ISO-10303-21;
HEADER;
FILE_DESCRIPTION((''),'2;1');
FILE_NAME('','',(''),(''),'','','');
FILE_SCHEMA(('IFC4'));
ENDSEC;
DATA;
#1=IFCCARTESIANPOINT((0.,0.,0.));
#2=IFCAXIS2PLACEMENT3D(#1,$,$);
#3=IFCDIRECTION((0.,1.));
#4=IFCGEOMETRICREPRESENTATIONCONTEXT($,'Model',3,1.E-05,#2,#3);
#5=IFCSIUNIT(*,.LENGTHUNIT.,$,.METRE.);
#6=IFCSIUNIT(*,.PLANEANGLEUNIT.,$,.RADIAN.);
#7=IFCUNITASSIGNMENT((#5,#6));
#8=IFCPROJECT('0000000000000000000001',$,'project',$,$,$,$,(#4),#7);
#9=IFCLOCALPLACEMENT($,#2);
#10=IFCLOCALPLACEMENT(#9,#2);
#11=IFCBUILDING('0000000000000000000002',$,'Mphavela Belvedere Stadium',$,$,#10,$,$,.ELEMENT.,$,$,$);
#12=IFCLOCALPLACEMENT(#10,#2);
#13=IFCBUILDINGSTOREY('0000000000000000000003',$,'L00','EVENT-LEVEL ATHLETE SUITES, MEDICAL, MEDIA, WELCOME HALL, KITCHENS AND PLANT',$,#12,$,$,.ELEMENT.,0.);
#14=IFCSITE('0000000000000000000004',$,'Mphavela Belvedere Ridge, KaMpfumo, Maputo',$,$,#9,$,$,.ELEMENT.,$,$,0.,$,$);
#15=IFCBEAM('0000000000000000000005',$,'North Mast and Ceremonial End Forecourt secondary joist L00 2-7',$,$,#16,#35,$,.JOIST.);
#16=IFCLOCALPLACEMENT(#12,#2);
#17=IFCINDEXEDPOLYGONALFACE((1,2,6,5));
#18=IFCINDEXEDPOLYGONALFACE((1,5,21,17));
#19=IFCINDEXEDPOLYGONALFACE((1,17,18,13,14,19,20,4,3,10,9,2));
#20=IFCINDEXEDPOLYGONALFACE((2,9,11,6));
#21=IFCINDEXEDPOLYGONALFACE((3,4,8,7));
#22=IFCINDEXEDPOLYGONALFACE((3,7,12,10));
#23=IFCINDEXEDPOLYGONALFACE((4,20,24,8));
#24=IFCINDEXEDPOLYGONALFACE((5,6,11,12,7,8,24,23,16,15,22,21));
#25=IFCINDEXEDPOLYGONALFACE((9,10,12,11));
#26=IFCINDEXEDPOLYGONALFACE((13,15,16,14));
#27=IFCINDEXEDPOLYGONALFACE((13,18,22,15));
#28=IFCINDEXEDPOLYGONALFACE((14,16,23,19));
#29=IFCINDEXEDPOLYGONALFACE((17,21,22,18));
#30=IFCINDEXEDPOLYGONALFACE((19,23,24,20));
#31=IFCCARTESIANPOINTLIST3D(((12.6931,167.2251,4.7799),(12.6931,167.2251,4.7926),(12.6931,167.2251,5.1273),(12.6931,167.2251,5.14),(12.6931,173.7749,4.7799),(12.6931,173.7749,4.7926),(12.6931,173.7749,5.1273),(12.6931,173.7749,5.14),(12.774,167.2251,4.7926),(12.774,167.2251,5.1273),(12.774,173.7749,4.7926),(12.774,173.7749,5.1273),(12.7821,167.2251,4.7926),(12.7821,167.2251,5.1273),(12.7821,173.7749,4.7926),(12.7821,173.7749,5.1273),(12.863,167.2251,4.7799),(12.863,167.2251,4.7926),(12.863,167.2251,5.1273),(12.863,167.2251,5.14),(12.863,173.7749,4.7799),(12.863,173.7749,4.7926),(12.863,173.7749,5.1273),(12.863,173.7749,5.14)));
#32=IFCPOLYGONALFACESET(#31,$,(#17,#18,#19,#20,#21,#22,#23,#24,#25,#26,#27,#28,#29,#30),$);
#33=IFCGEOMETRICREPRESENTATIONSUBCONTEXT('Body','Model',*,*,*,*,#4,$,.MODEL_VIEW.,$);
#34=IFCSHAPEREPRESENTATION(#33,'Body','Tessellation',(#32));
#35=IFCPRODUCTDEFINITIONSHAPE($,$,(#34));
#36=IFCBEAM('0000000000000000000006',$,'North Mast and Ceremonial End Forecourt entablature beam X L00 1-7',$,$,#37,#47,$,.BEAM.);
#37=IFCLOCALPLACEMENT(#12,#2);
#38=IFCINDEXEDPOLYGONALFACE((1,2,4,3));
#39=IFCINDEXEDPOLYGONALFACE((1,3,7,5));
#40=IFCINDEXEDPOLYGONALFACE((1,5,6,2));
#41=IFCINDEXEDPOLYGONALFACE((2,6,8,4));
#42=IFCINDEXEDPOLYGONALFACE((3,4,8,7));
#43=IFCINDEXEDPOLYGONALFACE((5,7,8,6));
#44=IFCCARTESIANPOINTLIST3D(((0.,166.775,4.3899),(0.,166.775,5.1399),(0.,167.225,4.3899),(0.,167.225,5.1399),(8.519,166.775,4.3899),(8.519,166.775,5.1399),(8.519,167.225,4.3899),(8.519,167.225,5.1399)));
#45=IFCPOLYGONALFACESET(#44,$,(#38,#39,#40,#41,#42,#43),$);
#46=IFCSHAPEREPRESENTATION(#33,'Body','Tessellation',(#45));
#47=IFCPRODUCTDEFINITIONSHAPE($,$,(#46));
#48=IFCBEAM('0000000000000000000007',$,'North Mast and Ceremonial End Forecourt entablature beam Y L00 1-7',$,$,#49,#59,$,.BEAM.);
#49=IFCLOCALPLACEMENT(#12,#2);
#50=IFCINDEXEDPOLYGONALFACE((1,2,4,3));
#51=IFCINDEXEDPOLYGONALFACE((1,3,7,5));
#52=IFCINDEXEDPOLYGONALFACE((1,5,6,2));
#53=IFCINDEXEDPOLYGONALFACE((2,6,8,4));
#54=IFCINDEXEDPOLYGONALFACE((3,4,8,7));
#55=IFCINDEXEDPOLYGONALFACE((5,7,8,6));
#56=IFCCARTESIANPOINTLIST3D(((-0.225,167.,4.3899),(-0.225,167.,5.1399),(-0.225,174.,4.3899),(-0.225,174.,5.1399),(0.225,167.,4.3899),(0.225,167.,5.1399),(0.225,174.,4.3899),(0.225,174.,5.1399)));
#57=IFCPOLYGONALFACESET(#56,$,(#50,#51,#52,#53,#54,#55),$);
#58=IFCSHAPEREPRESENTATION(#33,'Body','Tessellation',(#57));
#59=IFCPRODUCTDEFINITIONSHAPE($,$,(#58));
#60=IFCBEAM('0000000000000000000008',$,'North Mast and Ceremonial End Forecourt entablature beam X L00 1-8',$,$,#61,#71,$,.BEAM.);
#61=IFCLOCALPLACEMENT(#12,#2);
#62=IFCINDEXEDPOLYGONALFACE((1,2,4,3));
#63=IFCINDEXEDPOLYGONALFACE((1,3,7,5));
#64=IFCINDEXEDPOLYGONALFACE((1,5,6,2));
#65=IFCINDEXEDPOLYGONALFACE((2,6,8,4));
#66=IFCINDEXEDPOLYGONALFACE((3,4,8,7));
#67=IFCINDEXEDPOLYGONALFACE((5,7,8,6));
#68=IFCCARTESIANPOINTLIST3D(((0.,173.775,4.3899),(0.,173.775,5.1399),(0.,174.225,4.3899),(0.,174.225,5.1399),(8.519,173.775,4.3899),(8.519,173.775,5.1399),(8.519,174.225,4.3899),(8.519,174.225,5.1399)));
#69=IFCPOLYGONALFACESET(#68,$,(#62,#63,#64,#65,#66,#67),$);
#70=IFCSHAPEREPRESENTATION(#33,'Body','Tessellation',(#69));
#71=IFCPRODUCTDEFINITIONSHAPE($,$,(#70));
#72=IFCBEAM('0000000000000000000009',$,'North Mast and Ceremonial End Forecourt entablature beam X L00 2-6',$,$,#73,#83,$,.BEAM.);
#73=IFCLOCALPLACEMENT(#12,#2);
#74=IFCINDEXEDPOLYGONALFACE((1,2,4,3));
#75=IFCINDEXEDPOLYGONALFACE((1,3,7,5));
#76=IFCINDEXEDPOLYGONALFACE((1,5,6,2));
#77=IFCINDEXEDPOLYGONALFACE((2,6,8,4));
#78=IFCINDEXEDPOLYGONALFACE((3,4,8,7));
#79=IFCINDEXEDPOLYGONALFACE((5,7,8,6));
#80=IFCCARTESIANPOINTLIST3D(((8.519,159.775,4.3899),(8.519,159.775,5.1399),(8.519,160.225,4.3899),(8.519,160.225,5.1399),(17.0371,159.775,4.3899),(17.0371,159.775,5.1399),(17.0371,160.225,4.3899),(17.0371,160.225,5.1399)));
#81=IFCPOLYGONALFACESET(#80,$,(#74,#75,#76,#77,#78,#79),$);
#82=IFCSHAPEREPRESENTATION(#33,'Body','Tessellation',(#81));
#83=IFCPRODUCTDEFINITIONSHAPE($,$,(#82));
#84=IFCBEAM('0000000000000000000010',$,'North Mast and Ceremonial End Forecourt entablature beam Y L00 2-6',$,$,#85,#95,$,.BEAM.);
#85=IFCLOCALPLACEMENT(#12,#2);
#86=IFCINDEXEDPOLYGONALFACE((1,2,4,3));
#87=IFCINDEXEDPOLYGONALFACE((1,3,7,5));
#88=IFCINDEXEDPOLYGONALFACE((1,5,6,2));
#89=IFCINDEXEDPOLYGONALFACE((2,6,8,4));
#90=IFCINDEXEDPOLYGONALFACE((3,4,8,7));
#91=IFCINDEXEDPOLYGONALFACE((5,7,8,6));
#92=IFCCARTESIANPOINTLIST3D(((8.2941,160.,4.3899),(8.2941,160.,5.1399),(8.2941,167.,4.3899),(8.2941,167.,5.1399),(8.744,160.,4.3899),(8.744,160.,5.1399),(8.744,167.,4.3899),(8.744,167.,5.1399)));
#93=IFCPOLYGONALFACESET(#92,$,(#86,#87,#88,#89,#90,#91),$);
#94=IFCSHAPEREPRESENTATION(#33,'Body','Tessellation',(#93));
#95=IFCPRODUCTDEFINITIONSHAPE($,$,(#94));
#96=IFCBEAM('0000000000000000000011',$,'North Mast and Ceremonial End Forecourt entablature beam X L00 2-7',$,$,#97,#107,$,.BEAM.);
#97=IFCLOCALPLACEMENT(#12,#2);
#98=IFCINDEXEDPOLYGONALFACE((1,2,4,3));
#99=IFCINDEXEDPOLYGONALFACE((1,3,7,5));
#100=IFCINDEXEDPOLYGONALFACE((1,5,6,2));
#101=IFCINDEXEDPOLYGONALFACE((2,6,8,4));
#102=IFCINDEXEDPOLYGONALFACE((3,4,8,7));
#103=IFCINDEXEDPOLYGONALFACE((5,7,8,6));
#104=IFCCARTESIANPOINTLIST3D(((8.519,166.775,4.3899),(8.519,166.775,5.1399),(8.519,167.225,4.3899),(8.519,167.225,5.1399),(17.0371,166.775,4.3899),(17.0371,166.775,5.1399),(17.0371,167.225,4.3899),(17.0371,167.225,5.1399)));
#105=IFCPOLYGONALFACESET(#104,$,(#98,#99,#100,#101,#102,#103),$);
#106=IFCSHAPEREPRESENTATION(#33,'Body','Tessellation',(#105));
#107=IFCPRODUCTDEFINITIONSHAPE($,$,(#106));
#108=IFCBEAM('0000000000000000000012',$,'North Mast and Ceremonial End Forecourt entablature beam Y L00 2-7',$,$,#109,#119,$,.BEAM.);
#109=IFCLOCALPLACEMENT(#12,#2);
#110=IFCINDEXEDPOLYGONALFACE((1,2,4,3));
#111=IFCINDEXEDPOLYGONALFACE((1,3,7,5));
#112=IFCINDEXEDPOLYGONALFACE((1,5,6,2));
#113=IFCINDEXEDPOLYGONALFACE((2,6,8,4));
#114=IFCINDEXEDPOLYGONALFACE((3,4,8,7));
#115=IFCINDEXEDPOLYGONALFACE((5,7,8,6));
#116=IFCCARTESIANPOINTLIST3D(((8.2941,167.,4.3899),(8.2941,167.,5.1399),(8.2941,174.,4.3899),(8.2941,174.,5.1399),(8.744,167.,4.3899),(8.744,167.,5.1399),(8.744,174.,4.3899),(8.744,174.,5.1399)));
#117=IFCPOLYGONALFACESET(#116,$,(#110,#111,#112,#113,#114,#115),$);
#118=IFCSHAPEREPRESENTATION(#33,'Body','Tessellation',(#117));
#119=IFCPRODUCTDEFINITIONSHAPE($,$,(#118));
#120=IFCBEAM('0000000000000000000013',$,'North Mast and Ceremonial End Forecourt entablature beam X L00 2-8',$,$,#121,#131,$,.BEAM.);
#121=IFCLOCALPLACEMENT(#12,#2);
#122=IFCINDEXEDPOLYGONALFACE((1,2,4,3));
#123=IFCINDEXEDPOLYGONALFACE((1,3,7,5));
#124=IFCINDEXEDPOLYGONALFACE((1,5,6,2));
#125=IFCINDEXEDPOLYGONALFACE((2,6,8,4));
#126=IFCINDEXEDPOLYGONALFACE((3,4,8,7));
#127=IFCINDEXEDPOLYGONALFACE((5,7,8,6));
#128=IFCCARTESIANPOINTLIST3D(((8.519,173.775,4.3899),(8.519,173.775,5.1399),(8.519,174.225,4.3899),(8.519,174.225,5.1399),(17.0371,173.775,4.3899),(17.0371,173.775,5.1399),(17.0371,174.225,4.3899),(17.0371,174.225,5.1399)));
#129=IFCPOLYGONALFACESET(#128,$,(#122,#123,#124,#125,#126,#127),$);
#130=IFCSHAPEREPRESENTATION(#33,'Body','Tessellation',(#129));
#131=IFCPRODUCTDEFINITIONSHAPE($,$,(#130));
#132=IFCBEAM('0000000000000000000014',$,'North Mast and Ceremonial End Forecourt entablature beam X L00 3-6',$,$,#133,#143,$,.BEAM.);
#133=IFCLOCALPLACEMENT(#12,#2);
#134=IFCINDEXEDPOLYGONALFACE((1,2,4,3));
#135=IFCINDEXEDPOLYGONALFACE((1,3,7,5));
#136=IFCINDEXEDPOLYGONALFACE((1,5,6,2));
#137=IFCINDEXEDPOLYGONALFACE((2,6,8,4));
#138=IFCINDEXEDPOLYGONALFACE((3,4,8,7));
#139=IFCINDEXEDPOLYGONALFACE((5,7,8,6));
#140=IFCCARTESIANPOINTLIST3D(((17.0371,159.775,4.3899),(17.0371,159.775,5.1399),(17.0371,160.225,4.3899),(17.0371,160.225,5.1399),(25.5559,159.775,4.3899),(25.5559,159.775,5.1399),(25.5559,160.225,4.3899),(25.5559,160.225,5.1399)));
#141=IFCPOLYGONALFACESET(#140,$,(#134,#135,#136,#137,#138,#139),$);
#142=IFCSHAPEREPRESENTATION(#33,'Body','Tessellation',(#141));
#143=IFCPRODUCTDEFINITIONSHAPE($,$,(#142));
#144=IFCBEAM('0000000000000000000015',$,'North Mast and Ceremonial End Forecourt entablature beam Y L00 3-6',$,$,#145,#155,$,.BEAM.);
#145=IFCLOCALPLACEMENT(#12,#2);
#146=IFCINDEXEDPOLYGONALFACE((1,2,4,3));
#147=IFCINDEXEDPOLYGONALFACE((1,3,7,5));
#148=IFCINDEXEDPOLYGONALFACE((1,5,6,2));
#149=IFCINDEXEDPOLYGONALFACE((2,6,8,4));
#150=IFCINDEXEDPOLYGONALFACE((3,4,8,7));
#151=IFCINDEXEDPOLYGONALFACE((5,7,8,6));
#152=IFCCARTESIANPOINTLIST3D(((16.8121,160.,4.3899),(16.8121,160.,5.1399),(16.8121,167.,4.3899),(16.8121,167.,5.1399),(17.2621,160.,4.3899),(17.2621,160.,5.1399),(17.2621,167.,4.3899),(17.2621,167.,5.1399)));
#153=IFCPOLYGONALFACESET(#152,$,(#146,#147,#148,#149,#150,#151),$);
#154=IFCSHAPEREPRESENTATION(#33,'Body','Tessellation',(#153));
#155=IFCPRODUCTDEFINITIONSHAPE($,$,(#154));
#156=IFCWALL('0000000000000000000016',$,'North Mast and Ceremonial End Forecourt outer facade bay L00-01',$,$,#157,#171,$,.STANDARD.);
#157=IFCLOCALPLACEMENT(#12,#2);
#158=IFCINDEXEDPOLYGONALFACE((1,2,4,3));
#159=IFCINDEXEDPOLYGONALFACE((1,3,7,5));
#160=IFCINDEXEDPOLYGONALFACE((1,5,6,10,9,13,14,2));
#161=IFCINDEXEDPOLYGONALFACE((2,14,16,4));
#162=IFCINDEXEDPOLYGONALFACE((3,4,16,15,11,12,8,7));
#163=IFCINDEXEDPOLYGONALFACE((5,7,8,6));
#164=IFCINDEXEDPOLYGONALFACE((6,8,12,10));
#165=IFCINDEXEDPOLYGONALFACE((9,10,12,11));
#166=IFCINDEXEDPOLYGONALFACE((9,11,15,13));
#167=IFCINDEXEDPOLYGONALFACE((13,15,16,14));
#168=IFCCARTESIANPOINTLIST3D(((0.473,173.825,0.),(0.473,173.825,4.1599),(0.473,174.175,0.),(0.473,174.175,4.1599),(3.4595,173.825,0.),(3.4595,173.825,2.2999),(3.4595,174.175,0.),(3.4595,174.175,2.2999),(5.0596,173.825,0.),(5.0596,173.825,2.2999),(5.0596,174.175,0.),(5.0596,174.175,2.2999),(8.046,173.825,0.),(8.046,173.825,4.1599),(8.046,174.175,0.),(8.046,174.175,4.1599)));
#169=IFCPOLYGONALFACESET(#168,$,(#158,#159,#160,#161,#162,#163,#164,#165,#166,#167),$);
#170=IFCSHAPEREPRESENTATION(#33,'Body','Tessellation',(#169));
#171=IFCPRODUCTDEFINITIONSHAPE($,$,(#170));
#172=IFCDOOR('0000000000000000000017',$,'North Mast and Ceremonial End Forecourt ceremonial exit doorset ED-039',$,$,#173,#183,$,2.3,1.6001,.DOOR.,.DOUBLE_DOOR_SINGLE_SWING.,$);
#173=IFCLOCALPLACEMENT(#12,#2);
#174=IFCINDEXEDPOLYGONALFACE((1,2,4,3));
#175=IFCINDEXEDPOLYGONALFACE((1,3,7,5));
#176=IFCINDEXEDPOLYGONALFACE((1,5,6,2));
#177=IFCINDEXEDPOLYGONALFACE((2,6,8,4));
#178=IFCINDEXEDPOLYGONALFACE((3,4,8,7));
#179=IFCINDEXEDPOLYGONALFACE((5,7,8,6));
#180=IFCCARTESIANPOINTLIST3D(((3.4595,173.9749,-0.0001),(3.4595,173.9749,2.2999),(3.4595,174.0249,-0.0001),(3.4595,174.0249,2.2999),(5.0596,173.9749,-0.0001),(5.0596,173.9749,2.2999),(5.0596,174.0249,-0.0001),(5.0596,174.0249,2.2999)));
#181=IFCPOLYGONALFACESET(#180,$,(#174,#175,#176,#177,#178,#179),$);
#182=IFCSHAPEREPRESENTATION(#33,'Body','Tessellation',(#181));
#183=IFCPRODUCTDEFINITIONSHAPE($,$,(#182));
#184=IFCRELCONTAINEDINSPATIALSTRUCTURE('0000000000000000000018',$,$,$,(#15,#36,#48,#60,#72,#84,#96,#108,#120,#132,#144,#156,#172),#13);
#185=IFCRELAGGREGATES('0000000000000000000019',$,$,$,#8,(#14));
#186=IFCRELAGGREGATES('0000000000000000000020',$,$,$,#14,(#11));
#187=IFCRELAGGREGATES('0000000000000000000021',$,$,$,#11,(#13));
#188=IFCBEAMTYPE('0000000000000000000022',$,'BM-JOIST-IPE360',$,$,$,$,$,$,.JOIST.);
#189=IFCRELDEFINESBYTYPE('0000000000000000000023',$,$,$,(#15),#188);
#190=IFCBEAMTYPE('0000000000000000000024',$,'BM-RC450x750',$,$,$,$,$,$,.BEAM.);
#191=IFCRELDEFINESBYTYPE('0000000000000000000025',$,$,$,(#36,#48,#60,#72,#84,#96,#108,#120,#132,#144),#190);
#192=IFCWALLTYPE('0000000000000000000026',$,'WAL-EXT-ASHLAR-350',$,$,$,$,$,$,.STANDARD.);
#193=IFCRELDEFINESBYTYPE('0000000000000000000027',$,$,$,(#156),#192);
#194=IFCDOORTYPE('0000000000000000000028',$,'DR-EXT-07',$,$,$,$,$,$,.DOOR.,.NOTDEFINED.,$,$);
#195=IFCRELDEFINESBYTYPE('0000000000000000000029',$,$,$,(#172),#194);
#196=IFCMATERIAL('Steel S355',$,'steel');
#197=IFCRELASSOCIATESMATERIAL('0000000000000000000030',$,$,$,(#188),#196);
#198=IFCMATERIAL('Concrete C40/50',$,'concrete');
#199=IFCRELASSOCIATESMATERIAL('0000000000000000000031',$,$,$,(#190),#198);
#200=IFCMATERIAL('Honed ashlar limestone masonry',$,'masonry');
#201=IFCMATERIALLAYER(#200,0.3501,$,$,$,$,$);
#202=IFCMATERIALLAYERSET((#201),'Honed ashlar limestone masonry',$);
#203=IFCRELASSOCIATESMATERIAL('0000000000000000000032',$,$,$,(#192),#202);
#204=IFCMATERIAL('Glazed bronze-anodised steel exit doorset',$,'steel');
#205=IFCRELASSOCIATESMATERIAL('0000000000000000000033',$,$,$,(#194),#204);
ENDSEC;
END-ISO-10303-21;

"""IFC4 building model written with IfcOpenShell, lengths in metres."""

from ifc_helpers import new_model, si_unit, direction, frame, frame_2d, origin, origin_2d, place, context, subcontext, project, spatial, rectangle, i_section, extrude, material, layer, layer_set, material_profile, profile_set, type_object, element, fill, save


model = new_model("IFC4")

# Units and contexts
model_context = context("Model", 3, precision=1e-05, world=origin(), true_north=direction((0.0, 1.0)))
body_context = subcontext(model_context, "Body", "Model", "MODEL_VIEW")
ifc_project = project(units=[si_unit("LENGTHUNIT", "METRE"), si_unit("PLANEANGLEUNIT", "RADIAN")], contexts=[model_context])

# Site, building, storey
site_placement = place(None, origin())
site = spatial("IfcSite", under=ifc_project, at=site_placement, Name="Mphavela Belvedere Ridge, KaMpfumo, Maputo", CompositionType="ELEMENT", RefElevation=0.0)
building_placement = place(site_placement, origin())
building = spatial("IfcBuilding", under=site, at=building_placement, Name="Mphavela Belvedere Stadium", CompositionType="ELEMENT")
storey_placement = place(building_placement, origin())
storey = spatial("IfcBuildingStorey", under=building, at=storey_placement, Name="L00", Description="EVENT-LEVEL ATHLETE SUITES, MEDICAL, MEDIA, WELCOME HALL, KITCHENS AND PLANT", CompositionType="ELEMENT", Elevation=0.0)

# Beams
ifc_material_1 = material(Name="Steel S355", Category="steel")
ifc_material_profile_1 = material_profile(ifc_material_1, i_section(OverallWidth=0.1699, OverallDepth=0.3601, WebThickness=0.0081, FlangeThickness=0.0127, at=origin_2d()), Name="IPE 360")
ifc_profile_set_1 = profile_set([ifc_material_profile_1], Name="Steel S355")
beam_type_1 = type_object("IfcBeamType", Name="BM-JOIST-IPE360", PredefinedType="JOIST", material=ifc_profile_set_1)
for number, where, z_axis, x_axis, name in (
    (1, (12.7781, 167.2251, 4.96), (0.0, 1.0, 0.0), (-1.0, 0.0, 0.0), "North Mast and Ceremonial End Forecourt secondary joist L00 2-7"),
):
    element("IfcBeam", number, at=place(storey_placement, frame(where, z_axis=z_axis, x_axis=x_axis)), inside=storey, type_object=beam_type_1, Name=name, PredefinedType="JOIST", context=body_context, shape_type="SweptSolid", body=[
        extrude(i_section(OverallWidth=0.1699, OverallDepth=0.3601, WebThickness=0.0081, FlangeThickness=0.0127, at=origin_2d()), origin(), (0.0, 0.0, 1.0), 6.5498),
    ])
ifc_material_2 = material(Name="Concrete C40/50", Category="concrete")
ifc_material_profile_2 = material_profile(ifc_material_2, rectangle(XDim=0.45, YDim=0.75, at=origin_2d()), Name="RC 450x750")
ifc_profile_set_2 = profile_set([ifc_material_profile_2], Name="Concrete C40/50")
beam_type_2 = type_object("IfcBeamType", Name="BM-RC450x750", PredefinedType="BEAM", material=ifc_profile_set_2)
beam_1_placement = place(storey_placement, frame((0.0, 167.0, 4.7649), z_axis=(1.0, 0.0, 0.0), x_axis=(0.0, 1.0, 0.0)))
element("IfcBeam", 2, at=beam_1_placement, inside=storey, type_object=beam_type_2, Name="North Mast and Ceremonial End Forecourt entablature beam X L00 1-7", PredefinedType="BEAM", context=body_context, shape_type="SweptSolid", body=[
    extrude(rectangle(XDim=0.45, YDim=0.75, at=origin_2d()), origin(), (0.0, 0.0, 1.0), 8.519),
])
beam_2_placement = place(storey_placement, frame((0.0, 167.0, 4.7649), z_axis=(0.0, 1.0, 0.0), x_axis=(-1.0, 0.0, 0.0)))
element("IfcBeam", 3, at=beam_2_placement, inside=storey, type_object=beam_type_2, Name="North Mast and Ceremonial End Forecourt entablature beam Y L00 1-7", PredefinedType="BEAM", context=body_context, shape_type="SweptSolid", body=[
    extrude(rectangle(XDim=0.45, YDim=0.75, at=origin_2d()), origin(), (0.0, 0.0, 1.0), 7.0),
])
beam_3_placement = place(storey_placement, frame((0.0, 174.0, 4.7649), z_axis=(1.0, 0.0, 0.0), x_axis=(0.0, 1.0, 0.0)))
element("IfcBeam", 4, at=beam_3_placement, inside=storey, type_object=beam_type_2, Name="North Mast and Ceremonial End Forecourt entablature beam X L00 1-8", PredefinedType="BEAM", context=body_context, shape_type="SweptSolid", body=[
    extrude(rectangle(XDim=0.45, YDim=0.75, at=origin_2d()), origin(), (0.0, 0.0, 1.0), 8.519),
])
beam_4_placement = place(storey_placement, frame((8.519, 160.0, 4.7649), z_axis=(1.0, 0.0, 0.0), x_axis=(0.0, 1.0, 0.0)))
element("IfcBeam", 5, at=beam_4_placement, inside=storey, type_object=beam_type_2, Name="North Mast and Ceremonial End Forecourt entablature beam X L00 2-6", PredefinedType="BEAM", context=body_context, shape_type="SweptSolid", body=[
    extrude(rectangle(XDim=0.45, YDim=0.75, at=origin_2d()), origin(), (0.0, 0.0, 1.0), 8.5181),
])
beam_5_placement = place(storey_placement, frame((8.519, 160.0, 4.7649), z_axis=(0.0, 1.0, 0.0), x_axis=(-1.0, 0.0, 0.0)))
element("IfcBeam", 6, at=beam_5_placement, inside=storey, type_object=beam_type_2, Name="North Mast and Ceremonial End Forecourt entablature beam Y L00 2-6", PredefinedType="BEAM", context=body_context, shape_type="SweptSolid", body=[
    extrude(rectangle(XDim=0.45, YDim=0.75, at=origin_2d()), origin(), (0.0, 0.0, 1.0), 7.0),
])
beam_6_placement = place(storey_placement, frame((8.519, 167.0, 4.7649), z_axis=(1.0, 0.0, 0.0), x_axis=(0.0, 1.0, 0.0)))
element("IfcBeam", 7, at=beam_6_placement, inside=storey, type_object=beam_type_2, Name="North Mast and Ceremonial End Forecourt entablature beam X L00 2-7", PredefinedType="BEAM", context=body_context, shape_type="SweptSolid", body=[
    extrude(rectangle(XDim=0.45, YDim=0.75, at=origin_2d()), origin(), (0.0, 0.0, 1.0), 8.5181),
])
beam_7_placement = place(storey_placement, frame((8.519, 167.0, 4.7649), z_axis=(0.0, 1.0, 0.0), x_axis=(-1.0, 0.0, 0.0)))
element("IfcBeam", 8, at=beam_7_placement, inside=storey, type_object=beam_type_2, Name="North Mast and Ceremonial End Forecourt entablature beam Y L00 2-7", PredefinedType="BEAM", context=body_context, shape_type="SweptSolid", body=[
    extrude(rectangle(XDim=0.45, YDim=0.75, at=origin_2d()), origin(), (0.0, 0.0, 1.0), 7.0),
])
beam_8_placement = place(storey_placement, frame((8.519, 174.0, 4.7649), z_axis=(1.0, 0.0, 0.0), x_axis=(0.0, 1.0, 0.0)))
element("IfcBeam", 9, at=beam_8_placement, inside=storey, type_object=beam_type_2, Name="North Mast and Ceremonial End Forecourt entablature beam X L00 2-8", PredefinedType="BEAM", context=body_context, shape_type="SweptSolid", body=[
    extrude(rectangle(XDim=0.45, YDim=0.75, at=origin_2d()), origin(), (0.0, 0.0, 1.0), 8.5181),
])
beam_9_placement = place(storey_placement, frame((17.0371, 160.0, 4.7649), z_axis=(1.0, 0.0, 0.0), x_axis=(0.0, 1.0, 0.0)))
element("IfcBeam", 10, at=beam_9_placement, inside=storey, type_object=beam_type_2, Name="North Mast and Ceremonial End Forecourt entablature beam X L00 3-6", PredefinedType="BEAM", context=body_context, shape_type="SweptSolid", body=[
    extrude(rectangle(XDim=0.45, YDim=0.75, at=origin_2d()), origin(), (0.0, 0.0, 1.0), 8.5188),
])
beam_10_placement = place(storey_placement, frame((17.0371, 160.0, 4.7649), z_axis=(0.0, 1.0, 0.0), x_axis=(-1.0, 0.0, 0.0)))
element("IfcBeam", 11, at=beam_10_placement, inside=storey, type_object=beam_type_2, Name="North Mast and Ceremonial End Forecourt entablature beam Y L00 3-6", PredefinedType="BEAM", context=body_context, shape_type="SweptSolid", body=[
    extrude(rectangle(XDim=0.45, YDim=0.75, at=origin_2d()), origin(), (0.0, 0.0, 1.0), 7.0),
])

# Wall, opening, door
ifc_material_3 = material(Name="Honed ashlar limestone masonry", Category="masonry")
ifc_layer = layer(ifc_material_3, 0.3501)
ifc_layer_set = layer_set([ifc_layer], Name="Honed ashlar limestone masonry")
wall_type = type_object("IfcWallType", Name="WAL-EXT-ASHLAR-350", PredefinedType="STANDARD", material=ifc_layer_set)
wall_1_placement = place(storey_placement, frame((0.4729, 174.0, 0.0), z_axis=(0.0, 0.0, 1.0), x_axis=(1.0, 0.0, 0.0)))
wall_1 = element("IfcWall", 12, at=wall_1_placement, inside=storey, type_object=wall_type, Name="North Mast and Ceremonial End Forecourt outer facade bay L00-01", PredefinedType="STANDARD", context=body_context, shape_type="SweptSolid", body=[
    extrude(rectangle(XDim=7.573, YDim=0.3501, at=frame_2d((3.7866, 0.0))), origin(), (0.0, 0.0, 1.0), 4.1599),
])
opening_1_placement = place(wall_1_placement, frame((2.9866, 0.0, 0.0)))
opening_1 = element("IfcOpeningElement", 13, at=opening_1_placement, cuts=wall_1, PredefinedType="OPENING", context=body_context, shape_type="SweptSolid", body=[
    extrude(rectangle(XDim=1.6001, YDim=2.3, at=frame_2d((0.8, 1.1499))), frame((0.0, 0.1851, 0.0), z_axis=(0.0, -1.0, 0.0), x_axis=(1.0, 0.0, 0.0)), (0.0, 0.0, 1.0), 0.3701),
])
ifc_material_4 = material(Name="Glazed bronze-anodised steel exit doorset", Category="steel")
door_type = type_object("IfcDoorType", Name="DR-EXT-07", OperationType="NOTDEFINED", PredefinedType="DOOR", material=ifc_material_4)
door_placement = place(opening_1_placement, origin())
door = element("IfcDoor", 14, at=door_placement, inside=storey, type_object=door_type, Name="North Mast and Ceremonial End Forecourt ceremonial exit doorset ED-039", OperationType="DOUBLE_DOOR_SINGLE_SWING", OverallHeight=2.3, OverallWidth=1.6001, PredefinedType="DOOR", context=body_context, shape_type="SweptSolid", body=[
    extrude(rectangle(XDim=1.6001, YDim=2.3, at=frame_2d((0.8, 1.1499))), frame((0.0, 0.0249, 0.0), z_axis=(0.0, -1.0, 0.0), x_axis=(1.0, 0.0, 0.0)), (0.0, 0.0, 1.0), 0.05),
])
fill(opening_1, door)

save(model, "model.ifc")
